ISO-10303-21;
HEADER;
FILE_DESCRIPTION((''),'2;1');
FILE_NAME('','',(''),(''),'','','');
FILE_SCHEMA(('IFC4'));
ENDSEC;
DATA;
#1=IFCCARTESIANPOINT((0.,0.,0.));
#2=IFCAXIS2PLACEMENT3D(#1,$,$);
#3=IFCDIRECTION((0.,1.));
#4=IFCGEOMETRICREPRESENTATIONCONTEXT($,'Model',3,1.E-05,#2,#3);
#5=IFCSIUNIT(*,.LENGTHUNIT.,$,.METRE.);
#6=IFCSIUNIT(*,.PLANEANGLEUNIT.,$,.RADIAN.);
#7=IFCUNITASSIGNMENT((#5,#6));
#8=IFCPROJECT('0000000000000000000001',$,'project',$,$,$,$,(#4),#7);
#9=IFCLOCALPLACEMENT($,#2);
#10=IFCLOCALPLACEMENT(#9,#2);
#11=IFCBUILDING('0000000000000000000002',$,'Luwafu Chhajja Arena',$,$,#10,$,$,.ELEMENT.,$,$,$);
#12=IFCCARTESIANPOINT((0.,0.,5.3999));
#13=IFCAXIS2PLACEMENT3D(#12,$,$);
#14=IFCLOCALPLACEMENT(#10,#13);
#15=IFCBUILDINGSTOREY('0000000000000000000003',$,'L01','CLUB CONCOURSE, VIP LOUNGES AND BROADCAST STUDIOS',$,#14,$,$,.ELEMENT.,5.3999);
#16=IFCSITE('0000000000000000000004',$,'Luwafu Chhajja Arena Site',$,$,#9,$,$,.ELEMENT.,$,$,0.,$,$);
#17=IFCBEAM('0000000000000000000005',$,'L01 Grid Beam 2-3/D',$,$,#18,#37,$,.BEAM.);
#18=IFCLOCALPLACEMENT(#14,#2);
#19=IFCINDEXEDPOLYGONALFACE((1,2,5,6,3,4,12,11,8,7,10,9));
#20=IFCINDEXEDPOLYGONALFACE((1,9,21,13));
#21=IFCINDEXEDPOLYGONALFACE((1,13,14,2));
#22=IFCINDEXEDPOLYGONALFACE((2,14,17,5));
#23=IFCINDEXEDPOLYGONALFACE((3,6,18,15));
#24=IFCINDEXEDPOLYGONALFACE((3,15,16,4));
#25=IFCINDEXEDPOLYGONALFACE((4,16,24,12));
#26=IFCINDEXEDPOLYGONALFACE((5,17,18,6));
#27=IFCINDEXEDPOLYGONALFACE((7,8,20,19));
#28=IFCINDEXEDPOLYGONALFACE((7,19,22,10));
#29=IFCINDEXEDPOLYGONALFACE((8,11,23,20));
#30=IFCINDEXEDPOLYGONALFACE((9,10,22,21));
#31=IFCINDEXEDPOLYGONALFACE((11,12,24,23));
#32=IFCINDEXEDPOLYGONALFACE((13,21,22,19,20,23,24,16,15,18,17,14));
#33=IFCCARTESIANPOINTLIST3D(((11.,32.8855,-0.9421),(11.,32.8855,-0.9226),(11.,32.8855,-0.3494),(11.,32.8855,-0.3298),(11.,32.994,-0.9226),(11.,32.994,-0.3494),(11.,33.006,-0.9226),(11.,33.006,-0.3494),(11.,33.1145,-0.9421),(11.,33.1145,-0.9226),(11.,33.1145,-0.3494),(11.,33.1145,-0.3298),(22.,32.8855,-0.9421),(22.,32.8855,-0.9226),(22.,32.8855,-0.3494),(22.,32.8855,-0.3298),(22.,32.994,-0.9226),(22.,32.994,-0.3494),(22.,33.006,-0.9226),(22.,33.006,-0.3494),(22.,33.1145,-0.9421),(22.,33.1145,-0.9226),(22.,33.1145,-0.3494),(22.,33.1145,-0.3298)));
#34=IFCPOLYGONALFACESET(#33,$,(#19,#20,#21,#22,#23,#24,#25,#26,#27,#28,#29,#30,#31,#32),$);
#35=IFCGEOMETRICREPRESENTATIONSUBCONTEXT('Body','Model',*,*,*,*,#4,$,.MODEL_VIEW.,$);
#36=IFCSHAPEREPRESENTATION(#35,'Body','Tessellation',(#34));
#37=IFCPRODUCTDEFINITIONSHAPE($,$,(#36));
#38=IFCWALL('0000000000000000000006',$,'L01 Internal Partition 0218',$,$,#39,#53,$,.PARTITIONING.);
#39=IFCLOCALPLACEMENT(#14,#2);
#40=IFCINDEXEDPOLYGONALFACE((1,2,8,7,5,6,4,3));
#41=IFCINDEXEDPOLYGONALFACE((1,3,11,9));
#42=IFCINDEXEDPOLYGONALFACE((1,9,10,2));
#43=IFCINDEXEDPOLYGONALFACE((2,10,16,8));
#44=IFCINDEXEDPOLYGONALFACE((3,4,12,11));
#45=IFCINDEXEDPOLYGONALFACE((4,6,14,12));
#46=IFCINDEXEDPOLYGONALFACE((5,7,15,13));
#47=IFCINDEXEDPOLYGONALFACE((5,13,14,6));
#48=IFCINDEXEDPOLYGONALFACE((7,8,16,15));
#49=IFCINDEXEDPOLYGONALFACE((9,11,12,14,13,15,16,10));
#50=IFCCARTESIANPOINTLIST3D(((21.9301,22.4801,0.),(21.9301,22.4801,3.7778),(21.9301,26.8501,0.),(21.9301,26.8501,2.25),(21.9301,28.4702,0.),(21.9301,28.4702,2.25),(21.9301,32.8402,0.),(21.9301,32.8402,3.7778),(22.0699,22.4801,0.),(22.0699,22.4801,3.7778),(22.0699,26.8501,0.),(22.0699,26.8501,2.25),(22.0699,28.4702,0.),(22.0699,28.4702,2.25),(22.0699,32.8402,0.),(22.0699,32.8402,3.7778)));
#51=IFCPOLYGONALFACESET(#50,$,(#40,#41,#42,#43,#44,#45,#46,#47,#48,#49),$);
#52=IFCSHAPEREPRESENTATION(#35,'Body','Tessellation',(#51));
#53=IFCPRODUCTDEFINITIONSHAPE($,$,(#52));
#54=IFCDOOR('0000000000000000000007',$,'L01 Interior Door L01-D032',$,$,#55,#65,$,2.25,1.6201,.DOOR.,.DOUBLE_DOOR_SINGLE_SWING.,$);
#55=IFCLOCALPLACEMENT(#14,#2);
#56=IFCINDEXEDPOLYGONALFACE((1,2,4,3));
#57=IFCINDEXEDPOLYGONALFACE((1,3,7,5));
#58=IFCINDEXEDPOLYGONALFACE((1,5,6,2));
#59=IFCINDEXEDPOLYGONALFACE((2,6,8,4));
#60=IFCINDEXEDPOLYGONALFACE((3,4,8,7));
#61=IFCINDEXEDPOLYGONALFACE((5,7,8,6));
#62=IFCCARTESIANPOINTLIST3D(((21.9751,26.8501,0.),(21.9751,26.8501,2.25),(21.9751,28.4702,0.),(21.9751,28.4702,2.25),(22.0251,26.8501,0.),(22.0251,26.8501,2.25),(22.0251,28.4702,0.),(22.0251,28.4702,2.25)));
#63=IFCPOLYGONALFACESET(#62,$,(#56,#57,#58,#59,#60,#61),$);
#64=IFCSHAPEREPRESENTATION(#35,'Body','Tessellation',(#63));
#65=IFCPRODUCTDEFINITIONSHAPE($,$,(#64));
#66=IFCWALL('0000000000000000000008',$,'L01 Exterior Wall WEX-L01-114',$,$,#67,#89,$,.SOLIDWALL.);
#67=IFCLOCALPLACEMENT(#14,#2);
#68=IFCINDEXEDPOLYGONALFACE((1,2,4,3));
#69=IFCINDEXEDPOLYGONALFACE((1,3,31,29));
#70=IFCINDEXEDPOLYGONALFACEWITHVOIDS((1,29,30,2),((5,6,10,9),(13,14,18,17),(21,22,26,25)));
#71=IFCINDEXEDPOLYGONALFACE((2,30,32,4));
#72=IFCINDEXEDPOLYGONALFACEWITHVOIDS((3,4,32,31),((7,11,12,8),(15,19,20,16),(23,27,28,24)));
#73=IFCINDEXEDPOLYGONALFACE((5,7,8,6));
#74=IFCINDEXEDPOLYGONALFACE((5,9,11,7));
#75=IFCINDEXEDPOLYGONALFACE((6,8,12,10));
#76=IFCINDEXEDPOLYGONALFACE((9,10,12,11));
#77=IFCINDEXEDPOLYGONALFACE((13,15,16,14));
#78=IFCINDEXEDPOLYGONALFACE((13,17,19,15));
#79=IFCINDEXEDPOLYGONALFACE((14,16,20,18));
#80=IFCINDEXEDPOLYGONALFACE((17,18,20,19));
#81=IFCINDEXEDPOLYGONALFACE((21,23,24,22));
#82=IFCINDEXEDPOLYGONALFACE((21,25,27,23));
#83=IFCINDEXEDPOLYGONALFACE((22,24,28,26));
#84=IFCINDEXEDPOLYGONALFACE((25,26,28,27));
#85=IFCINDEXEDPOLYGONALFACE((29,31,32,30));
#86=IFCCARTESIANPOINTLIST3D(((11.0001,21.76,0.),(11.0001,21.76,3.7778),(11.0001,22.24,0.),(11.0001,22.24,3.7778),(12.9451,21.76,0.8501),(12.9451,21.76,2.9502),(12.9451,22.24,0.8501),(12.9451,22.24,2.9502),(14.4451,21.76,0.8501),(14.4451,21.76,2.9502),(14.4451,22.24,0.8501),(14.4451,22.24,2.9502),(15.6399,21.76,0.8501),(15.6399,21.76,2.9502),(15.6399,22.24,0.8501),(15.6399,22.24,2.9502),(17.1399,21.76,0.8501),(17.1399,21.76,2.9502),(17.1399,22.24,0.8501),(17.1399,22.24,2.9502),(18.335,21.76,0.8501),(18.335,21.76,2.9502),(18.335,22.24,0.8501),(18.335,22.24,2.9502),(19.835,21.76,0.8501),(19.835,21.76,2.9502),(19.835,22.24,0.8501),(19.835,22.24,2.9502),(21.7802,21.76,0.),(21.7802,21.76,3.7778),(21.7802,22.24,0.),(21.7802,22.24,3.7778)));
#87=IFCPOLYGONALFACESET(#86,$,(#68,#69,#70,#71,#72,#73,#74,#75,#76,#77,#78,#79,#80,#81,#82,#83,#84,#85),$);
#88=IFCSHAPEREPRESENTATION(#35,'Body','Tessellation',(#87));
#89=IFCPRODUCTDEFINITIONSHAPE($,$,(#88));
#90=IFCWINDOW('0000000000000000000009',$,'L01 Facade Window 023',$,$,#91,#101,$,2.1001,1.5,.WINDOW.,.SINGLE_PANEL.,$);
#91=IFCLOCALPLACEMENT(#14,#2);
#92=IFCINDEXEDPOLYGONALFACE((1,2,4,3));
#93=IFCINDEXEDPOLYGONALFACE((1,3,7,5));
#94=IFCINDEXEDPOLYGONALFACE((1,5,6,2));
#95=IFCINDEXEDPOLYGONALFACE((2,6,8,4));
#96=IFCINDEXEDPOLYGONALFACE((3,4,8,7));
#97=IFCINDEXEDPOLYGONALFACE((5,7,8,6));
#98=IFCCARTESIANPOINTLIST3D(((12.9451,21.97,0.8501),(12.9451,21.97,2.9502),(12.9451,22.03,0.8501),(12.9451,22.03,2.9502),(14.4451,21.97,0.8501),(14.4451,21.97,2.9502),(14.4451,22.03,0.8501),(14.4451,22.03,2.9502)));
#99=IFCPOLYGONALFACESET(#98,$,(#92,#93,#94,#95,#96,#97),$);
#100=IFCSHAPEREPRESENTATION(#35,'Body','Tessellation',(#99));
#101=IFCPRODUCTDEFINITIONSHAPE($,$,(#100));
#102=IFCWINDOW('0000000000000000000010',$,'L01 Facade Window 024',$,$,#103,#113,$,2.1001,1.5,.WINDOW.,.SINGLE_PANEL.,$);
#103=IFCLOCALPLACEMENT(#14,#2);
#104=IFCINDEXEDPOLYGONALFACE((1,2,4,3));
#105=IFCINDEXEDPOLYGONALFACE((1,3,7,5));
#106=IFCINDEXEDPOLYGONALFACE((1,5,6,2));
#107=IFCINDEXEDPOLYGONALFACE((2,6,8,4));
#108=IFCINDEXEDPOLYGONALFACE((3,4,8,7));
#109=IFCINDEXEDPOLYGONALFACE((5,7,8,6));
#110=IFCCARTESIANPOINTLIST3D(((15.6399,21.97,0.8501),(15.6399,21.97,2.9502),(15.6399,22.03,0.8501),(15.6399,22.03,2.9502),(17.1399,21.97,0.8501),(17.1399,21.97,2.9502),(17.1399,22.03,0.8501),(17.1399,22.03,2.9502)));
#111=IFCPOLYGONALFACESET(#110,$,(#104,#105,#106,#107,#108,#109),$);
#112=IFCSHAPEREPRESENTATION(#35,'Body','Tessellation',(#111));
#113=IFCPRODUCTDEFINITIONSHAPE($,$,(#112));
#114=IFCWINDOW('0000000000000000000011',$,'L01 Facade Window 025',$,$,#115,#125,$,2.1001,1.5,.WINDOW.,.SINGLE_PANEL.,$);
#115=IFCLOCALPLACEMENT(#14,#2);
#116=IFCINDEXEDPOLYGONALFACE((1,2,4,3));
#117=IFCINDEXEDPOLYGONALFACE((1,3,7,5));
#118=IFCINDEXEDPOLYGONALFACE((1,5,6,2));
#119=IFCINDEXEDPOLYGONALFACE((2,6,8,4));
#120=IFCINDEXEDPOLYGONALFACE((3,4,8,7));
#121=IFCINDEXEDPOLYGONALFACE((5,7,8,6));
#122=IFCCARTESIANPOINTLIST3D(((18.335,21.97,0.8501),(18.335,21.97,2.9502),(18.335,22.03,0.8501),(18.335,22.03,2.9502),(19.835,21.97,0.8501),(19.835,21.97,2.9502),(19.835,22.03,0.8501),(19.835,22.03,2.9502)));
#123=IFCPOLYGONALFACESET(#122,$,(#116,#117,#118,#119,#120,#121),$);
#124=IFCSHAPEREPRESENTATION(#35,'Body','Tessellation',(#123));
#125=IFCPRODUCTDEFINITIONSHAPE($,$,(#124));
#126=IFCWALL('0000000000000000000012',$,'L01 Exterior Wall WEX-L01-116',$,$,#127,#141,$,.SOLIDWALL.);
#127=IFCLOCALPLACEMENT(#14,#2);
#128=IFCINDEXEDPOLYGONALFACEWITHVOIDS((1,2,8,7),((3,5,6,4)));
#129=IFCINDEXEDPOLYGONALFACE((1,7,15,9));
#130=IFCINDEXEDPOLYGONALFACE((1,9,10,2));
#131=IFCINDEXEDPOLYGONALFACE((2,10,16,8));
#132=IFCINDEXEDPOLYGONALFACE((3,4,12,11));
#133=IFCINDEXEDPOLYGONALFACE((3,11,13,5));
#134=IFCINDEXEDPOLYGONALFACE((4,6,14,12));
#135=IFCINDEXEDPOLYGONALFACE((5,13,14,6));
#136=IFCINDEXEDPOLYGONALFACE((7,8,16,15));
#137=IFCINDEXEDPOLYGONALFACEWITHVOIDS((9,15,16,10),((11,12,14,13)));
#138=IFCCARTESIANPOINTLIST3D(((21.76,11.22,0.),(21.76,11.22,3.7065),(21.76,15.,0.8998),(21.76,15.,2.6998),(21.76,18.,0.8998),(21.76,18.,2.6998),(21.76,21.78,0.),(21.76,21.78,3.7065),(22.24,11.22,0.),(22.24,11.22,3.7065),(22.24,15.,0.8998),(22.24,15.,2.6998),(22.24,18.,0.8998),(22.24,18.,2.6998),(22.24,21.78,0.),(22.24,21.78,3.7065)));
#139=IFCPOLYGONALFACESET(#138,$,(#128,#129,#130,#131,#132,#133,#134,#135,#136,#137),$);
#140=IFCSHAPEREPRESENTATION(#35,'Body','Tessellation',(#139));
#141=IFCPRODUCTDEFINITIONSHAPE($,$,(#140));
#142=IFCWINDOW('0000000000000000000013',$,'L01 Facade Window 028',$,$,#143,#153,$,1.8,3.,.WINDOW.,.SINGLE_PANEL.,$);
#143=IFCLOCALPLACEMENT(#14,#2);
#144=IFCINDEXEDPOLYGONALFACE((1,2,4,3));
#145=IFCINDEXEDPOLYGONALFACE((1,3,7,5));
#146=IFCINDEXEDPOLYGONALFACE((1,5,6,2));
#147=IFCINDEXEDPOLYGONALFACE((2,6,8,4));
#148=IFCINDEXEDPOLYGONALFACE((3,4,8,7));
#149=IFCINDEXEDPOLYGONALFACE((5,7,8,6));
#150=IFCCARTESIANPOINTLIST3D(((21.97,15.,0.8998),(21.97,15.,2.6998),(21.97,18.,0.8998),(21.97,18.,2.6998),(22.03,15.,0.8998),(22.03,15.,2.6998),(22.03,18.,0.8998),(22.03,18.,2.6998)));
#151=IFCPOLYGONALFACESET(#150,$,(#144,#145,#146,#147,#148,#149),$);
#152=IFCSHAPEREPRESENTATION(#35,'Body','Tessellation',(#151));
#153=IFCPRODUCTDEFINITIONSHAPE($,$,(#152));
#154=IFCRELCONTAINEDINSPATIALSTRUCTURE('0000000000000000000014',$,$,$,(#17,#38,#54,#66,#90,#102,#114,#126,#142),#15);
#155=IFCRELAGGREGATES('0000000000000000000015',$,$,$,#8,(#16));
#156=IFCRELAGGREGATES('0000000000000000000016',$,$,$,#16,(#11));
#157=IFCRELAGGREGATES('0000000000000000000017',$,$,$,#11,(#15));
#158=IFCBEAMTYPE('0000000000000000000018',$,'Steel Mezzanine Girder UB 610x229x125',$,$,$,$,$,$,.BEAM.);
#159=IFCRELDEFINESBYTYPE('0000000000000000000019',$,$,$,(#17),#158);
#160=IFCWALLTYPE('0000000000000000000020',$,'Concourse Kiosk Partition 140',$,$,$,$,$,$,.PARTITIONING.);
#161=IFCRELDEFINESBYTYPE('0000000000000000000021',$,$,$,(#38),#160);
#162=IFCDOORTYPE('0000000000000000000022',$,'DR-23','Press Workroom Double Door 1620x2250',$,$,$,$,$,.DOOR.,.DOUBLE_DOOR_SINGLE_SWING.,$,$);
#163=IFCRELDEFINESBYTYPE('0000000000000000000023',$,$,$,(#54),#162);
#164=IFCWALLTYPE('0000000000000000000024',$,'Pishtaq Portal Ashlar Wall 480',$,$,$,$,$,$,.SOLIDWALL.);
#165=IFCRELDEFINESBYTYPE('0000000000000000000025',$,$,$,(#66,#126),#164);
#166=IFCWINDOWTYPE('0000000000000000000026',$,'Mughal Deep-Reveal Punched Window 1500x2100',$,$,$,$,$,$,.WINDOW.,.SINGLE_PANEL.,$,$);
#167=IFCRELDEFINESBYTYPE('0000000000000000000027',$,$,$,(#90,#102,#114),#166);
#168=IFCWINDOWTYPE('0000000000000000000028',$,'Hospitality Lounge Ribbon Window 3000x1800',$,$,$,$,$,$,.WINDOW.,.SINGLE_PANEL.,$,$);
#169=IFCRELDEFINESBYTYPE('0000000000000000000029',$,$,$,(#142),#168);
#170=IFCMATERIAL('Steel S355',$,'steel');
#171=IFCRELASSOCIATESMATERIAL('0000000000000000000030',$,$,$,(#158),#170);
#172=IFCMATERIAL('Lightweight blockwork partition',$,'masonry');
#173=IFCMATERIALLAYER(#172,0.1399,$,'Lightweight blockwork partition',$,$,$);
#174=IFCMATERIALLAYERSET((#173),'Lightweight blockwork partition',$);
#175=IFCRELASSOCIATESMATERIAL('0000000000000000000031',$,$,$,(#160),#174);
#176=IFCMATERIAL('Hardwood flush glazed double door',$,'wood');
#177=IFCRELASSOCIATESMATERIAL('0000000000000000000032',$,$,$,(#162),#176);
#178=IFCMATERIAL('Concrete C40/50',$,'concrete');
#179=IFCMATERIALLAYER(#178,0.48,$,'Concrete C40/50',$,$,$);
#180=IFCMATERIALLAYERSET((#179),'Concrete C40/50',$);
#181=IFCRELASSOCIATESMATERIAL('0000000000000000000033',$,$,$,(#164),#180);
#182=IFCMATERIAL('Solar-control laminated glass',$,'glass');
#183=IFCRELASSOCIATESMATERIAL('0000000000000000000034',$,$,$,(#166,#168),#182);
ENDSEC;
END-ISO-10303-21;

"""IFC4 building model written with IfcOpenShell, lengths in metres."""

from ifc_helpers import new_model, si_unit, direction, frame, frame_2d, origin, origin_2d, place, context, subcontext, project, spatial, rectangle, i_section, extrude, material, layer, layer_set, material_profile, profile_set, type_object, element, fill, save


model = new_model("IFC4")

# Units and contexts
model_context = context("Model", 3, precision=1e-05, world=origin(), true_north=direction((0.0, 1.0)))
body_context = subcontext(model_context, "Body", "Model", "MODEL_VIEW")
ifc_project = project(units=[si_unit("LENGTHUNIT", "METRE"), si_unit("PLANEANGLEUNIT", "RADIAN")], contexts=[model_context])

# Site, building, storey
site_placement = place(None, origin())
site = spatial("IfcSite", under=ifc_project, at=site_placement, Name="Luwafu Chhajja Arena Site", CompositionType="ELEMENT", RefElevation=0.0)
building_placement = place(site_placement, origin())
building = spatial("IfcBuilding", under=site, at=building_placement, Name="Luwafu Chhajja Arena", CompositionType="ELEMENT")
storey_placement = place(building_placement, frame((0.0, 0.0, 5.3999)))
storey = spatial("IfcBuildingStorey", under=building, at=storey_placement, Name="L01", Description="CLUB CONCOURSE, VIP LOUNGES AND BROADCAST STUDIOS", CompositionType="ELEMENT", Elevation=5.3999)

# Shared definitions
ifc_material_1 = material(Name="Concrete C40/50", Category="concrete")
ifc_material_2 = material(Name="Steel S355", Category="steel")

# Beam
ifc_material_profile_1 = material_profile(ifc_material_2, i_section(OverallWidth=0.229, OverallDepth=0.6123, WebThickness=0.012, FlangeThickness=0.0195, at=origin_2d()), Name="UB 610x229x125")
ifc_profile_set_1 = profile_set([ifc_material_profile_1], Name="Steel S355")
beam_type_1 = type_object("IfcBeamType", Name="Steel Mezzanine Girder UB 610x229x125", PredefinedType="BEAM", material=ifc_profile_set_1)
beam_1_placement = place(storey_placement, frame((11.0, 33.0, -0.636), z_axis=(1.0, 0.0, 0.0), x_axis=(0.0, 1.0, 0.0)))
element("IfcBeam", 1, at=beam_1_placement, inside=storey, type_object=beam_type_1, Name="L01 Grid Beam 2-3/D", PredefinedType="BEAM", context=body_context, shape_type="SweptSolid", body=[
    extrude(i_section(OverallWidth=0.229, OverallDepth=0.6123, WebThickness=0.012, FlangeThickness=0.0195, at=origin_2d()), origin(), (0.0, 0.0, 1.0), 11.0),
])

# Wall, opening, door
ifc_material_3 = material(Name="Lightweight blockwork partition", Category="masonry")
ifc_layer_1 = layer(ifc_material_3, 0.1399, Name="Lightweight blockwork partition")
ifc_layer_set_1 = layer_set([ifc_layer_1], Name="Lightweight blockwork partition")
wall_type_1 = type_object("IfcWallType", Name="Concourse Kiosk Partition 140", PredefinedType="PARTITIONING", material=ifc_layer_set_1)
wall_1_placement = place(storey_placement, frame((22.0, 22.48, 0.0), z_axis=(0.0, 0.0, 1.0), x_axis=(0.0, 1.0, 0.0)))
wall_1 = element("IfcWall", 2, at=wall_1_placement, inside=storey, type_object=wall_type_1, Name="L01 Internal Partition 0218", PredefinedType="PARTITIONING", context=body_context, shape_type="SweptSolid", body=[
    extrude(rectangle(XDim=10.3601, YDim=0.1399, at=frame_2d((5.1802, 0.0))), origin(), (0.0, 0.0, 1.0), 3.7778),
])
opening_1_placement = place(wall_1_placement, frame((4.3701, 0.0, 0.0)))
opening_1 = element("IfcOpeningElement", 3, at=opening_1_placement, cuts=wall_1, PredefinedType="OPENING", context=body_context, shape_type="SweptSolid", body=[
    extrude(rectangle(XDim=1.6201, YDim=2.25, at=frame_2d((0.8101, 1.125))), frame((0.0, 0.0798, 0.0), z_axis=(0.0, -1.0, 0.0), x_axis=(1.0, 0.0, 0.0)), (0.0, 0.0, 1.0), 0.1599),
])
ifc_material_4 = material(Name="Hardwood flush glazed double door", Category="wood")
door_type = type_object("IfcDoorType", Name="DR-23", Description="Press Workroom Double Door 1620x2250", OperationType="DOUBLE_DOOR_SINGLE_SWING", PredefinedType="DOOR", material=ifc_material_4)
door_placement = place(opening_1_placement, origin())
door = element("IfcDoor", 4, at=door_placement, inside=storey, type_object=door_type, Name="L01 Interior Door L01-D032", OperationType="DOUBLE_DOOR_SINGLE_SWING", OverallHeight=2.25, OverallWidth=1.6201, PredefinedType="DOOR", context=body_context, shape_type="SweptSolid", body=[
    extrude(rectangle(XDim=1.6201, YDim=2.25, at=frame_2d((0.8101, 1.125))), frame((0.0, 0.0249, 0.0), z_axis=(0.0, -1.0, 0.0), x_axis=(1.0, 0.0, 0.0)), (0.0, 0.0, 1.0), 0.05),
])
fill(opening_1, door)

# Wall, openings, windows
ifc_layer_2 = layer(ifc_material_1, 0.48, Name="Concrete C40/50")
ifc_layer_set_2 = layer_set([ifc_layer_2], Name="Concrete C40/50")
wall_type_2 = type_object("IfcWallType", Name="Pishtaq Portal Ashlar Wall 480", PredefinedType="SOLIDWALL", material=ifc_layer_set_2)
wall_2_placement = place(storey_placement, frame((11.0, 22.0, 0.0), z_axis=(0.0, 0.0, 1.0), x_axis=(1.0, 0.0, 0.0)))
wall_2 = element("IfcWall", 5, at=wall_2_placement, inside=storey, type_object=wall_type_2, Name="L01 Exterior Wall WEX-L01-114", PredefinedType="SOLIDWALL", context=body_context, shape_type="SweptSolid", body=[
    extrude(rectangle(XDim=10.78, YDim=0.48, at=frame_2d((5.3901, 0.0))), origin(), (0.0, 0.0, 1.0), 3.7778),
])
opening_2_placement = place(wall_2_placement, frame((1.9451, 0.0, 0.8501)))
opening_2 = element("IfcOpeningElement", 6, at=opening_2_placement, cuts=wall_2, PredefinedType="OPENING", context=body_context, shape_type="SweptSolid", body=[
    extrude(rectangle(XDim=1.5, YDim=2.1001, at=frame_2d((0.75, 1.05))), frame((0.0, 0.25, 0.0), z_axis=(0.0, -1.0, 0.0), x_axis=(1.0, 0.0, 0.0)), (0.0, 0.0, 1.0), 0.5),
])
opening_3_placement = place(wall_2_placement, frame((4.6399, 0.0, 0.8501)))
opening_3 = element("IfcOpeningElement", 7, at=opening_3_placement, cuts=wall_2, PredefinedType="OPENING", context=body_context, shape_type="SweptSolid", body=[
    extrude(rectangle(XDim=1.5, YDim=2.1001, at=frame_2d((0.75, 1.05))), frame((0.0, 0.25, 0.0), z_axis=(0.0, -1.0, 0.0), x_axis=(1.0, 0.0, 0.0)), (0.0, 0.0, 1.0), 0.5),
])
opening_4_placement = place(wall_2_placement, frame((7.335, 0.0, 0.8501)))
opening_4 = element("IfcOpeningElement", 8, at=opening_4_placement, cuts=wall_2, PredefinedType="OPENING", context=body_context, shape_type="SweptSolid", body=[
    extrude(rectangle(XDim=1.5, YDim=2.1001, at=frame_2d((0.75, 1.05))), frame((0.0, 0.25, 0.0), z_axis=(0.0, -1.0, 0.0), x_axis=(1.0, 0.0, 0.0)), (0.0, 0.0, 1.0), 0.5),
])
ifc_material_5 = material(Name="Solar-control laminated glass", Category="glass")
window_type_1 = type_object("IfcWindowType", Name="Mughal Deep-Reveal Punched Window 1500x2100", PartitioningType="SINGLE_PANEL", PredefinedType="WINDOW", material=ifc_material_5)
window_1_placement = place(opening_2_placement, origin())
window_1 = element("IfcWindow", 9, at=window_1_placement, inside=storey, type_object=window_type_1, Name="L01 Facade Window 023", OverallHeight=2.1001, OverallWidth=1.5, PartitioningType="SINGLE_PANEL", PredefinedType="WINDOW", context=body_context, shape_type="SweptSolid", body=[
    extrude(rectangle(XDim=1.5, YDim=2.1001, at=frame_2d((0.75, 1.05))), frame((0.0, 0.03, 0.0), z_axis=(0.0, -1.0, 0.0), x_axis=(1.0, 0.0, 0.0)), (0.0, 0.0, 1.0), 0.0601),
])
fill(opening_2, window_1)
window_2_placement = place(opening_3_placement, origin())
window_2 = element("IfcWindow", 10, at=window_2_placement, inside=storey, type_object=window_type_1, Name="L01 Facade Window 024", OverallHeight=2.1001, OverallWidth=1.5, PartitioningType="SINGLE_PANEL", PredefinedType="WINDOW", context=body_context, shape_type="SweptSolid", body=[
    extrude(rectangle(XDim=1.5, YDim=2.1001, at=frame_2d((0.75, 1.05))), frame((0.0, 0.03, 0.0), z_axis=(0.0, -1.0, 0.0), x_axis=(1.0, 0.0, 0.0)), (0.0, 0.0, 1.0), 0.0601),
])
fill(opening_3, window_2)
window_3_placement = place(opening_4_placement, origin())
window_3 = element("IfcWindow", 11, at=window_3_placement, inside=storey, type_object=window_type_1, Name="L01 Facade Window 025", OverallHeight=2.1001, OverallWidth=1.5, PartitioningType="SINGLE_PANEL", PredefinedType="WINDOW", context=body_context, shape_type="SweptSolid", body=[
    extrude(rectangle(XDim=1.5, YDim=2.1001, at=frame_2d((0.75, 1.05))), frame((0.0, 0.03, 0.0), z_axis=(0.0, -1.0, 0.0), x_axis=(1.0, 0.0, 0.0)), (0.0, 0.0, 1.0), 0.0601),
])
fill(opening_4, window_3)

# Wall, opening, window
wall_3_placement = place(storey_placement, frame((22.0, 11.22, 0.0), z_axis=(0.0, 0.0, 1.0), x_axis=(0.0, 1.0, 0.0)))
wall_3 = element("IfcWall", 12, at=wall_3_placement, inside=storey, type_object=wall_type_2, Name="L01 Exterior Wall WEX-L01-116", PredefinedType="SOLIDWALL", context=body_context, shape_type="SweptSolid", body=[
    extrude(rectangle(XDim=10.5601, YDim=0.48, at=frame_2d((5.28, 0.0))), origin(), (0.0, 0.0, 1.0), 3.7065),
])
opening_5_placement = place(wall_3_placement, frame((3.78, 0.0, 0.8999)))
opening_5 = element("IfcOpeningElement", 13, at=opening_5_placement, cuts=wall_3, PredefinedType="OPENING", context=body_context, shape_type="SweptSolid", body=[
    extrude(rectangle(XDim=3.0, YDim=1.8, at=frame_2d((1.5, 0.8999))), frame((0.0, 0.25, 0.0), z_axis=(0.0, -1.0, 0.0), x_axis=(1.0, 0.0, 0.0)), (0.0, 0.0, 1.0), 0.5),
])
window_type_2 = type_object("IfcWindowType", Name="Hospitality Lounge Ribbon Window 3000x1800", PartitioningType="SINGLE_PANEL", PredefinedType="WINDOW", material=ifc_material_5)
window_4_placement = place(opening_5_placement, origin())
window_4 = element("IfcWindow", 14, at=window_4_placement, inside=storey, type_object=window_type_2, Name="L01 Facade Window 028", OverallHeight=1.8, OverallWidth=3.0, PartitioningType="SINGLE_PANEL", PredefinedType="WINDOW", context=body_context, shape_type="SweptSolid", body=[
    extrude(rectangle(XDim=3.0, YDim=1.8, at=frame_2d((1.5, 0.8999))), frame((0.0, 0.03, 0.0), z_axis=(0.0, -1.0, 0.0), x_axis=(1.0, 0.0, 0.0)), (0.0, 0.0, 1.0), 0.0601),
])
fill(opening_5, window_4)

save(model, "model.ifc")
